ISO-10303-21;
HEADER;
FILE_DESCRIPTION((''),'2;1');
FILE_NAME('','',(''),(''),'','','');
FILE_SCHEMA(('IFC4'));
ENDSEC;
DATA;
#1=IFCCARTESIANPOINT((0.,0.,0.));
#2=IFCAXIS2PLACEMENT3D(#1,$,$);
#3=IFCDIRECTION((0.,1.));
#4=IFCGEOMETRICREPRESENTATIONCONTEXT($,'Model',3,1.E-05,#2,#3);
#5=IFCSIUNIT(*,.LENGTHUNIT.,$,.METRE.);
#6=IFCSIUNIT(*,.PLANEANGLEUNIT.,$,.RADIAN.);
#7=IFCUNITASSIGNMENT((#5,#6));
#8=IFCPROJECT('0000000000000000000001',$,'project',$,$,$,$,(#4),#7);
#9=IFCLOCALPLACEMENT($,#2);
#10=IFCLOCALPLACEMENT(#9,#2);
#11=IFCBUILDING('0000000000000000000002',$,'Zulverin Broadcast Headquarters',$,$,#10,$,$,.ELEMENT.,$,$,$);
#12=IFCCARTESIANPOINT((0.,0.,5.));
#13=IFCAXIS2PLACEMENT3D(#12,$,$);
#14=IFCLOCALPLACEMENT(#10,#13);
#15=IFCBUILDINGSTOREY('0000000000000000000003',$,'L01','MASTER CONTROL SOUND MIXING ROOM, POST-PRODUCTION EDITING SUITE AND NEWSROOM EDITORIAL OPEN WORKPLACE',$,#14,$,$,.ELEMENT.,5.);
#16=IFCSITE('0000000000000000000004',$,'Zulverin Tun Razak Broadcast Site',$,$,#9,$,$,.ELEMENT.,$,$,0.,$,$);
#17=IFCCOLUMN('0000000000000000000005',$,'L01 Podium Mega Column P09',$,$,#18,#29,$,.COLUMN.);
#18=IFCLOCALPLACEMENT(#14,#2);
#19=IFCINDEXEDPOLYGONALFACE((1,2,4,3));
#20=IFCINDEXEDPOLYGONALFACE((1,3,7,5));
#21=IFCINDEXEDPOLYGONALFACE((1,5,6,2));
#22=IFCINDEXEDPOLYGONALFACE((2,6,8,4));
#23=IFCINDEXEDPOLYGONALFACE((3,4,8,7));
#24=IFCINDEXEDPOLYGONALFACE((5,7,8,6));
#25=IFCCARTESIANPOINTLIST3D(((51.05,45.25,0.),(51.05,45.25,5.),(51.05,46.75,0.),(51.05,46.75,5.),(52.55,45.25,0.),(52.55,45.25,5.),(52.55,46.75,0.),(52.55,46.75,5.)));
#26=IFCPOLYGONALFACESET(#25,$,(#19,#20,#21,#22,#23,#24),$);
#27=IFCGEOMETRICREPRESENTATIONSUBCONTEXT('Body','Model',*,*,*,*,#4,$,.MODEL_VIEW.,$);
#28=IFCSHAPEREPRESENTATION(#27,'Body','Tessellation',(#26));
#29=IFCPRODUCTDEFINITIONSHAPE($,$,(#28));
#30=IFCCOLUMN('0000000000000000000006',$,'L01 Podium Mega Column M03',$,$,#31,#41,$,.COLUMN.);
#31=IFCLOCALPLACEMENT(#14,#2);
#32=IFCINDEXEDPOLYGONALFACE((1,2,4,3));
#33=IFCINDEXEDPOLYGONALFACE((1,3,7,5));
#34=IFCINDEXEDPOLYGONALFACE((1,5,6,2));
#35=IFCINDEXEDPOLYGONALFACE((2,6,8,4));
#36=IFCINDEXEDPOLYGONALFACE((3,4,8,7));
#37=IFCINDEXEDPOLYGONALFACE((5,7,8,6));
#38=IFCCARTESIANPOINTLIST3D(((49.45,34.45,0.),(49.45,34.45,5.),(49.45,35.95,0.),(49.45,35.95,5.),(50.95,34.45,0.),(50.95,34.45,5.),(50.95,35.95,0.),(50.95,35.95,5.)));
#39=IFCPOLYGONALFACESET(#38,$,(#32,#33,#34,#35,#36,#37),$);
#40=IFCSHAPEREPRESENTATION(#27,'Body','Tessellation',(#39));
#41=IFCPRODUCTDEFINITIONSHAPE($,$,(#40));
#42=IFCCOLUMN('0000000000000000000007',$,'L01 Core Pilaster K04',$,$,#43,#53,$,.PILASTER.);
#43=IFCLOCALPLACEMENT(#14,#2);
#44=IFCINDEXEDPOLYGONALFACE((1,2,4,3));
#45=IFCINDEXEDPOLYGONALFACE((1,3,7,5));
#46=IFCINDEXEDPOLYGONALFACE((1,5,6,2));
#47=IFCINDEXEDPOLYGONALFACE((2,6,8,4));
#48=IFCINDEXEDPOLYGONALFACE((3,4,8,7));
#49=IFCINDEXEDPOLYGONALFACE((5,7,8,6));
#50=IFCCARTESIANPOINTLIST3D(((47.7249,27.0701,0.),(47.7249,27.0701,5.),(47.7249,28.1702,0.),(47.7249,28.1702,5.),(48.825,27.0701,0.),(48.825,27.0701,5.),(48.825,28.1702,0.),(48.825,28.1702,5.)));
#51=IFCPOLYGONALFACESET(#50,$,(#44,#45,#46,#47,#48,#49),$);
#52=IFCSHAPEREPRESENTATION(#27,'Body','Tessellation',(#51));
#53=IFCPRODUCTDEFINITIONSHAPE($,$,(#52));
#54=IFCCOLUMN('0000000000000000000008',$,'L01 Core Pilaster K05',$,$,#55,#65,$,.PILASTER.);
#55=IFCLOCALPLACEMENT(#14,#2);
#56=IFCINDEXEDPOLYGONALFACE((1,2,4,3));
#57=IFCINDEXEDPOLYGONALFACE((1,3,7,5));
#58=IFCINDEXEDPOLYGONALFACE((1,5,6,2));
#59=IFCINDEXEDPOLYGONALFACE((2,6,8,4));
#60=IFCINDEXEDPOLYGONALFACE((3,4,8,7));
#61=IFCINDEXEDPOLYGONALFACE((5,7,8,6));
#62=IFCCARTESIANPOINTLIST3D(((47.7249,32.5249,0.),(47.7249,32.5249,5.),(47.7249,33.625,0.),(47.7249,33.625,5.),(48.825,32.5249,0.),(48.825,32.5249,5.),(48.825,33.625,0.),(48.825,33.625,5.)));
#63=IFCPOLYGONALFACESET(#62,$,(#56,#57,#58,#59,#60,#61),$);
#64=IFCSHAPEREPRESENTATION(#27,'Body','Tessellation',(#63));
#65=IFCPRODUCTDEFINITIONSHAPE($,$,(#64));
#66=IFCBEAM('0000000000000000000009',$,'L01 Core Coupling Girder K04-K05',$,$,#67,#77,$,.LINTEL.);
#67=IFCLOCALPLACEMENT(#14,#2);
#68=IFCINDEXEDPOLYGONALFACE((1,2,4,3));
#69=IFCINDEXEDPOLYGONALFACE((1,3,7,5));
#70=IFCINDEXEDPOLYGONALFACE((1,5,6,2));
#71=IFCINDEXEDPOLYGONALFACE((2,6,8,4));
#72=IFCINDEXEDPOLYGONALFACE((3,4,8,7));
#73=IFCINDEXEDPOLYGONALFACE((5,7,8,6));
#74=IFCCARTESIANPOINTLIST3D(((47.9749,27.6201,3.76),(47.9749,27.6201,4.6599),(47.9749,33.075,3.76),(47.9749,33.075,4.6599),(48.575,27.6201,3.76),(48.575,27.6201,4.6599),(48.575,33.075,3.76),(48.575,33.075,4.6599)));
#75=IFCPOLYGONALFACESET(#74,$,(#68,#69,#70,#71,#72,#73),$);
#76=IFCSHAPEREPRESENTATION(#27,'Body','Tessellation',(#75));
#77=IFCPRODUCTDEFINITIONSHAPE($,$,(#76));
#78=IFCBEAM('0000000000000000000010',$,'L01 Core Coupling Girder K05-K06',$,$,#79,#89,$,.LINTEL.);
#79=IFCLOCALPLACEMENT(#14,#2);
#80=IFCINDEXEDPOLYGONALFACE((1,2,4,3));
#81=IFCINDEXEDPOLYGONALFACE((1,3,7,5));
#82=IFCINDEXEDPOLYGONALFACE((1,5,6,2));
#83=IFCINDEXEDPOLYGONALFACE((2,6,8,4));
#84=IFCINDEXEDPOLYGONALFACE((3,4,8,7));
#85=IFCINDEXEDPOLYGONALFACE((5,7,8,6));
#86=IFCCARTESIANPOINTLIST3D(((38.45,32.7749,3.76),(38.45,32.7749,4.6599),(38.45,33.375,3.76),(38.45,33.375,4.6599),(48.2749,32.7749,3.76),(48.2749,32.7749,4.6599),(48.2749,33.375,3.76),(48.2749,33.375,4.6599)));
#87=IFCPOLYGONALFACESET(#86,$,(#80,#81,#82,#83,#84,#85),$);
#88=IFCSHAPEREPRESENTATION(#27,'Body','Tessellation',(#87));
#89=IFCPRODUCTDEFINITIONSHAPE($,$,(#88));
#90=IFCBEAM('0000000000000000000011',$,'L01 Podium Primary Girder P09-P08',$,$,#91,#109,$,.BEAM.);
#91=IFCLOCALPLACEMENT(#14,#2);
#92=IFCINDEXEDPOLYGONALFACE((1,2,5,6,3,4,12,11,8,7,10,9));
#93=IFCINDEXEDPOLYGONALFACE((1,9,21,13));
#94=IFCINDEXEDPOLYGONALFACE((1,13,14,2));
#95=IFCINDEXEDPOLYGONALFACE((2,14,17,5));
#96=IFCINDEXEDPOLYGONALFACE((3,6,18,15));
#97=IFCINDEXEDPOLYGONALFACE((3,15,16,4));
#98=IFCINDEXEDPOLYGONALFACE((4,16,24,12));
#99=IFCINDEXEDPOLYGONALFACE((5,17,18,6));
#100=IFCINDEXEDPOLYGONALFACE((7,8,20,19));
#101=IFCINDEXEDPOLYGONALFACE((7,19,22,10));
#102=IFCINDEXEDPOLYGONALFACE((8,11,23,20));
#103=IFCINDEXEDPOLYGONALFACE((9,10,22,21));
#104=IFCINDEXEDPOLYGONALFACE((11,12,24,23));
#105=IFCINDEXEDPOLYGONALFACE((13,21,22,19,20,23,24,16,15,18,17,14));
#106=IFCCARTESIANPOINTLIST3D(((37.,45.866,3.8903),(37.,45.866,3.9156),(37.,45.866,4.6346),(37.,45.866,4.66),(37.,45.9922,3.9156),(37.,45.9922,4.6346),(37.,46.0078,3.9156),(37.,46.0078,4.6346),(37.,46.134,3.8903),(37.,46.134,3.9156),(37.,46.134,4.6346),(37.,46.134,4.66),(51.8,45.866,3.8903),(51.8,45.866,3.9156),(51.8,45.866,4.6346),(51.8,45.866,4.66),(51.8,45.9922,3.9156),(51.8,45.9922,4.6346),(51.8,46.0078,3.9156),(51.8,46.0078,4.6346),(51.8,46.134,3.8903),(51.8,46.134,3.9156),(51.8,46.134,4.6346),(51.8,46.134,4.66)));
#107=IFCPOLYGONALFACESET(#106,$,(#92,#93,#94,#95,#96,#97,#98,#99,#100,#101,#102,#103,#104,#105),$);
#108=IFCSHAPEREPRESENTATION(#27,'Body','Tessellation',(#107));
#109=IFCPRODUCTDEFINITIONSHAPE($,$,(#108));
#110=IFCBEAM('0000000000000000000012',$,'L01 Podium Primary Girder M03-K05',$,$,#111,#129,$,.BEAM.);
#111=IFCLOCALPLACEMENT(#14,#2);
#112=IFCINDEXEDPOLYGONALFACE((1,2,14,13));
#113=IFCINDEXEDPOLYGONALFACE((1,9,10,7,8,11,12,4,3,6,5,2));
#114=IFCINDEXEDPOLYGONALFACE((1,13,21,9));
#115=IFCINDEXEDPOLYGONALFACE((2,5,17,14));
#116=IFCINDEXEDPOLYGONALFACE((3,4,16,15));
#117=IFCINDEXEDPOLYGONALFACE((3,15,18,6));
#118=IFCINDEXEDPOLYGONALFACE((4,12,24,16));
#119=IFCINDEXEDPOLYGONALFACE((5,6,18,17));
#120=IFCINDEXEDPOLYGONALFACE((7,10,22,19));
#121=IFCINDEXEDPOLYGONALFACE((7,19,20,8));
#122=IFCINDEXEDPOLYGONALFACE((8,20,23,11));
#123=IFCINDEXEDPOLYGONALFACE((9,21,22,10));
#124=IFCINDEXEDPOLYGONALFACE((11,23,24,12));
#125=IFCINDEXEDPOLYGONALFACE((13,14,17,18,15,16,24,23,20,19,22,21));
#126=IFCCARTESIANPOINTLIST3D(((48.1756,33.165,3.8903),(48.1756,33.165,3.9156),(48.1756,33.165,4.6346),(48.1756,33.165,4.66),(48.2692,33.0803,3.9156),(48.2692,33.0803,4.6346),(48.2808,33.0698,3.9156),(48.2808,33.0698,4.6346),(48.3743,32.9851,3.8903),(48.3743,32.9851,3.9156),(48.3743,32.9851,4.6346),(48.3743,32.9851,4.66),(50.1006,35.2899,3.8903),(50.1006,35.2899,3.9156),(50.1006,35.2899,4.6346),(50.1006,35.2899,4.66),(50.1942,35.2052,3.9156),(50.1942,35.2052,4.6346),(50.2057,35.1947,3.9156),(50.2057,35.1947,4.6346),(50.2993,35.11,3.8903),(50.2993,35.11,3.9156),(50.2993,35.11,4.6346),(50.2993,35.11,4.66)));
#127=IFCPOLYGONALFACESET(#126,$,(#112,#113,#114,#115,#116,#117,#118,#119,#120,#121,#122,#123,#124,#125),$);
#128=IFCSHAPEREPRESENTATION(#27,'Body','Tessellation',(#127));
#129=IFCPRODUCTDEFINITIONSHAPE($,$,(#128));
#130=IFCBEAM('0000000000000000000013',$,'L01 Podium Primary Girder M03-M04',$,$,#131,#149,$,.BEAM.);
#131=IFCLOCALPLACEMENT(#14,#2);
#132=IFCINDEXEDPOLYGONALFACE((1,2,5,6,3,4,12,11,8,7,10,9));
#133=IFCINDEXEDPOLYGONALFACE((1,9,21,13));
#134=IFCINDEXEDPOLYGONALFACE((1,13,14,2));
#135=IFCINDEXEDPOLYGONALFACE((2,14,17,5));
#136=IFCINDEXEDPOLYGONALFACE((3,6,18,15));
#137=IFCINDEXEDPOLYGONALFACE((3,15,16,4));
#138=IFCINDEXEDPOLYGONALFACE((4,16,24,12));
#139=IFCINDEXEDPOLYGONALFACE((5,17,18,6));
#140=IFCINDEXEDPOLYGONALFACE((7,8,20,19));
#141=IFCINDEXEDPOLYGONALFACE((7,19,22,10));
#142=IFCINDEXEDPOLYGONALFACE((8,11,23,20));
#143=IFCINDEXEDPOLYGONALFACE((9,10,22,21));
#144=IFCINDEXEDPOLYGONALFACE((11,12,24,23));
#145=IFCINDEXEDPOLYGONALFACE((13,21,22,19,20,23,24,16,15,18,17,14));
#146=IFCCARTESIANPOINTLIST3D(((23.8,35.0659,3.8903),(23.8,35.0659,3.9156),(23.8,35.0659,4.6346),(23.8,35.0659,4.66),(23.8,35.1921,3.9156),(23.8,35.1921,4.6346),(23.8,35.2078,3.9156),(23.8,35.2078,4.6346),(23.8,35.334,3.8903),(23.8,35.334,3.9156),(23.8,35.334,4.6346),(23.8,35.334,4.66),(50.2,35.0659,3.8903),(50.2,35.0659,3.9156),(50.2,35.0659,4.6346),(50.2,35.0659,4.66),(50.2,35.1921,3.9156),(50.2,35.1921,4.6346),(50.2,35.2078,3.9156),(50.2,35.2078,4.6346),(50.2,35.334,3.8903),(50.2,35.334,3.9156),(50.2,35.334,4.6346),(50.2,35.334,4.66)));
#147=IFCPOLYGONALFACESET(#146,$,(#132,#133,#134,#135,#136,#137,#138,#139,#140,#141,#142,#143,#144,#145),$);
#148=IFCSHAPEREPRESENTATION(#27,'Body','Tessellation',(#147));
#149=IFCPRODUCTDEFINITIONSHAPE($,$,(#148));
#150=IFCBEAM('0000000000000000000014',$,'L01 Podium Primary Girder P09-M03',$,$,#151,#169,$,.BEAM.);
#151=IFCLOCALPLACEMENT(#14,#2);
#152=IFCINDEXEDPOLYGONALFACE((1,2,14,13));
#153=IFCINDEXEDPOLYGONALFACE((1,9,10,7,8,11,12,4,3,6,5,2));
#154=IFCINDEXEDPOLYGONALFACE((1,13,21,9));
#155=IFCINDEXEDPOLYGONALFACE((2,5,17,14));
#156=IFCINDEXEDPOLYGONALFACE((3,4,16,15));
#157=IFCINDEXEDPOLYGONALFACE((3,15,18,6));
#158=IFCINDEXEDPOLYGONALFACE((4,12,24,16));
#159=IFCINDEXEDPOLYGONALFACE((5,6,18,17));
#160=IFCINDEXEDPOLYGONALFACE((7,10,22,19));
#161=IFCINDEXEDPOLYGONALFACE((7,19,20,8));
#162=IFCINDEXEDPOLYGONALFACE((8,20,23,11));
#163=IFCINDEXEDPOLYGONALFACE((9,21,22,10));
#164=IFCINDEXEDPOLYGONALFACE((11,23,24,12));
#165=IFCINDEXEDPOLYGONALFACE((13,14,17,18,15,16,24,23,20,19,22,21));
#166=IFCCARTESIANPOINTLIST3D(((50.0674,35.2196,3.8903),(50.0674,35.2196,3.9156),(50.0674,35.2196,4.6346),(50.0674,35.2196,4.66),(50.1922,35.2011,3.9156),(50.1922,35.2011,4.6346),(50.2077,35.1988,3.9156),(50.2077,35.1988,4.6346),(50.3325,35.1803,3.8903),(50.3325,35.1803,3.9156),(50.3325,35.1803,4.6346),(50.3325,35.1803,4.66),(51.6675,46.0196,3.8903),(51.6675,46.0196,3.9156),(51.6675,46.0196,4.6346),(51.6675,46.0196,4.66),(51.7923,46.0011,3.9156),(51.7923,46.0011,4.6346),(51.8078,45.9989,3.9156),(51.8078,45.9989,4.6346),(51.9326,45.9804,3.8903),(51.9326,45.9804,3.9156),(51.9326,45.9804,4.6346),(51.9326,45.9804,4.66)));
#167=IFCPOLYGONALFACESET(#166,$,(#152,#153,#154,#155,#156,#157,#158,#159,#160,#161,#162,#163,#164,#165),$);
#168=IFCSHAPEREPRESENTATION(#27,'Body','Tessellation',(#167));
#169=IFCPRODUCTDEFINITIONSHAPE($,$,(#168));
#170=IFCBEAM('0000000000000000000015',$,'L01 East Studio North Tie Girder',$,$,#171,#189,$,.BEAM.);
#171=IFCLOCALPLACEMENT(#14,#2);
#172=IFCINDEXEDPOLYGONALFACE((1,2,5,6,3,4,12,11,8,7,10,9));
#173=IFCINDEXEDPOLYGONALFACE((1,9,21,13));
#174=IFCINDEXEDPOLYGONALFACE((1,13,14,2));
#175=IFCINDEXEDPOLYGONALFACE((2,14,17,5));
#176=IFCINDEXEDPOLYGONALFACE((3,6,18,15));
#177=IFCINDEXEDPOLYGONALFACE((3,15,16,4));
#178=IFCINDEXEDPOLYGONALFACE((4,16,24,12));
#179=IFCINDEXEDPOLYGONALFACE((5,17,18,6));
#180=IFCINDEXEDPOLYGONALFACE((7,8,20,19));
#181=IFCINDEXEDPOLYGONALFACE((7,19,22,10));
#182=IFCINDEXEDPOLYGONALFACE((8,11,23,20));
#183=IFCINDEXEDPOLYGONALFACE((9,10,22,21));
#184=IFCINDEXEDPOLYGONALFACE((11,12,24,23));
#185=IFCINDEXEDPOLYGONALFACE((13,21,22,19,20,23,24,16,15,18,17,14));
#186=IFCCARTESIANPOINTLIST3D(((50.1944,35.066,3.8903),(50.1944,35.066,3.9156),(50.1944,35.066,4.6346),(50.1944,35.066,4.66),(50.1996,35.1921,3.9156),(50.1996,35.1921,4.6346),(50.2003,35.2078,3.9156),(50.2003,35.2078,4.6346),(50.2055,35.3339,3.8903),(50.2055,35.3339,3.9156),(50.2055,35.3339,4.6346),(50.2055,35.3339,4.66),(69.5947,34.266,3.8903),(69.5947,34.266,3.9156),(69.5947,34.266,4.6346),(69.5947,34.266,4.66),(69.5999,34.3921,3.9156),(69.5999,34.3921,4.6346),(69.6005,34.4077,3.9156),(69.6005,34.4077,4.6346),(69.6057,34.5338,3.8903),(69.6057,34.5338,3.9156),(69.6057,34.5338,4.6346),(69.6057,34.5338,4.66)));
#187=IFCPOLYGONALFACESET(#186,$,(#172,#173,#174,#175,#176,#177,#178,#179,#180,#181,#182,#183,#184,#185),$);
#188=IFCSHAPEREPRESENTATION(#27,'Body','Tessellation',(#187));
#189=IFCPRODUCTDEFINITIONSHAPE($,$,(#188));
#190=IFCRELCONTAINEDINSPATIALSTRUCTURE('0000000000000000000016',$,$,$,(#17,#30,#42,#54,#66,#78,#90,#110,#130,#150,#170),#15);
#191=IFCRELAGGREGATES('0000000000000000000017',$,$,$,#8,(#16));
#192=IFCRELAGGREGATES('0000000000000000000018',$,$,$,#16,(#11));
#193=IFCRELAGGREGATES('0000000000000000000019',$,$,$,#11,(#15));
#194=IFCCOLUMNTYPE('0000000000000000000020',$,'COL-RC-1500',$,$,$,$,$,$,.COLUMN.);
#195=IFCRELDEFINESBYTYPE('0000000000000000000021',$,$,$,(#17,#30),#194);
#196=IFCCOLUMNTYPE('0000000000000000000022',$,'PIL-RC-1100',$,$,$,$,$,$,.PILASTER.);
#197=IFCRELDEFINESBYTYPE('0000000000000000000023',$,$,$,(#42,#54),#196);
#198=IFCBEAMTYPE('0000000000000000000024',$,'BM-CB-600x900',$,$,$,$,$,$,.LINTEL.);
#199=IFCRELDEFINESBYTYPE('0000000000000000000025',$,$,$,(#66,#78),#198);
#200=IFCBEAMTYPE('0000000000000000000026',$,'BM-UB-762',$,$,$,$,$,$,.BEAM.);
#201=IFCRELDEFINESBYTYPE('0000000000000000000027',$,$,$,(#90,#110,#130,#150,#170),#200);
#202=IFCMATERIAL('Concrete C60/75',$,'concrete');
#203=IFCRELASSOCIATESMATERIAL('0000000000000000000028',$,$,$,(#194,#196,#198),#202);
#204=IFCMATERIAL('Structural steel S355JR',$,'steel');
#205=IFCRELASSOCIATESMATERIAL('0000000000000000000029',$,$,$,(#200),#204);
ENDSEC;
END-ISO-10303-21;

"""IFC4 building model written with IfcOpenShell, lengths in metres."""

from ifc_helpers import new_model, si_unit, direction, frame, origin, origin_2d, place, context, subcontext, project, spatial, rectangle, i_section, extrude, material, material_profile, profile_set, type_object, element, save


model = new_model("IFC4")

# Units and contexts
model_context = context("Model", 3, precision=1e-05, world=origin(), true_north=direction((0.0, 1.0)))
body_context = subcontext(model_context, "Body", "Model", "MODEL_VIEW")
ifc_project = project(units=[si_unit("LENGTHUNIT", "METRE"), si_unit("PLANEANGLEUNIT", "RADIAN")], contexts=[model_context])

# Site, building, storey
site_placement = place(None, origin())
site = spatial("IfcSite", under=ifc_project, at=site_placement, Name="Zulverin Tun Razak Broadcast Site", CompositionType="ELEMENT", RefElevation=0.0)
building_placement = place(site_placement, origin())
building = spatial("IfcBuilding", under=site, at=building_placement, Name="Zulverin Broadcast Headquarters", CompositionType="ELEMENT")
storey_placement = place(building_placement, frame((0.0, 0.0, 5.0)))
storey = spatial("IfcBuildingStorey", under=building, at=storey_placement, Name="L01", Description="MASTER CONTROL SOUND MIXING ROOM, POST-PRODUCTION EDITING SUITE AND NEWSROOM EDITORIAL OPEN WORKPLACE", CompositionType="ELEMENT", Elevation=5.0)

# Columns
ifc_material_1 = material(Name="Concrete C60/75", Category="concrete")
ifc_material_profile_1 = material_profile(ifc_material_1, rectangle(XDim=1.5, YDim=1.5, at=origin_2d()), Name="Concrete C60/75", Category="concrete")
ifc_profile_set_1 = profile_set([ifc_material_profile_1], Name="Concrete C60/75")
column_type_1 = type_object("IfcColumnType", Name="COL-RC-1500", PredefinedType="COLUMN", material=ifc_profile_set_1)
for number, where, z_axis, x_axis, name in (
    (1, (51.8, 46.0, 0.0), (0.0, 0.0, 1.0), (1.0, 0.0, 0.0), "L01 Podium Mega Column P09"),
    (2, (50.2, 35.2, 0.0), (0.0, 0.0, 1.0), (1.0, 0.0, 0.0), "L01 Podium Mega Column M03"),
):
    element("IfcColumn", number, at=place(storey_placement, frame(where, z_axis=z_axis, x_axis=x_axis)), inside=storey, type_object=column_type_1, Name=name, PredefinedType="COLUMN", context=body_context, shape_type="SweptSolid", body=[
        extrude(rectangle(XDim=1.5, YDim=1.5, at=origin_2d()), origin(), (0.0, 0.0, 1.0), 5.0),
    ])
ifc_material_profile_2 = material_profile(ifc_material_1, rectangle(XDim=1.1001, YDim=1.1001, at=origin_2d()), Name="Concrete C60/75", Category="concrete")
ifc_profile_set_2 = profile_set([ifc_material_profile_2], Name="Concrete C60/75")
column_type_2 = type_object("IfcColumnType", Name="PIL-RC-1100", PredefinedType="PILASTER", material=ifc_profile_set_2)
for number, where, z_axis, x_axis, name in (
    (3, (48.2749, 27.6201, 0.0), (0.0, 0.0, 1.0), (1.0, 0.0, 0.0), "L01 Core Pilaster K04"),
    (4, (48.2749, 33.075, 0.0), (0.0, 0.0, 1.0), (1.0, 0.0, 0.0), "L01 Core Pilaster K05"),
):
    element("IfcColumn", number, at=place(storey_placement, frame(where, z_axis=z_axis, x_axis=x_axis)), inside=storey, type_object=column_type_2, Name=name, PredefinedType="PILASTER", context=body_context, shape_type="SweptSolid", body=[
        extrude(rectangle(XDim=1.1001, YDim=1.1001, at=origin_2d()), origin(), (0.0, 0.0, 1.0), 5.0),
    ])

# Beams
ifc_material_profile_3 = material_profile(ifc_material_1, rectangle(XDim=0.6001, YDim=0.8999, at=origin_2d()), Name="Concrete C60/75", Category="concrete")
ifc_profile_set_3 = profile_set([ifc_material_profile_3], Name="Concrete C60/75")
beam_type_1 = type_object("IfcBeamType", Name="BM-CB-600x900", PredefinedType="LINTEL", material=ifc_profile_set_3)
beam_1_placement = place(storey_placement, frame((48.2749, 27.6201, 4.21), z_axis=(0.0, 1.0, 0.0), x_axis=(-1.0, 0.0, 0.0)))
element("IfcBeam", 5, at=beam_1_placement, inside=storey, type_object=beam_type_1, Name="L01 Core Coupling Girder K04-K05", PredefinedType="LINTEL", context=body_context, shape_type="SweptSolid", body=[
    extrude(rectangle(XDim=0.6001, YDim=0.8999, at=origin_2d()), origin(), (0.0, 0.0, 1.0), 5.4548),
])
beam_2_placement = place(storey_placement, frame((48.2749, 33.075, 4.21), z_axis=(-1.0, 0.0, 0.0), x_axis=(0.0, -1.0, 0.0)))
element("IfcBeam", 6, at=beam_2_placement, inside=storey, type_object=beam_type_1, Name="L01 Core Coupling Girder K05-K06", PredefinedType="LINTEL", context=body_context, shape_type="SweptSolid", body=[
    extrude(rectangle(XDim=0.6001, YDim=0.8999, at=origin_2d()), origin(), (0.0, 0.0, 1.0), 9.825),
])
ifc_material_2 = material(Name="Structural steel S355JR", Category="steel")
ifc_material_profile_4 = material_profile(ifc_material_2, i_section(OverallWidth=0.2681, OverallDepth=0.7698, WebThickness=0.0156, FlangeThickness=0.0254, at=origin_2d()), Name="Structural steel S355JR", Category="steel")
ifc_profile_set_4 = profile_set([ifc_material_profile_4], Name="Structural steel S355JR")
beam_type_2 = type_object("IfcBeamType", Name="BM-UB-762", PredefinedType="BEAM", material=ifc_profile_set_4)
beam_3_placement = place(storey_placement, frame((51.8, 46.0, 4.2751), z_axis=(-1.0, 0.0, 0.0), x_axis=(0.0, -1.0, 0.0)))
element("IfcBeam", 7, at=beam_3_placement, inside=storey, type_object=beam_type_2, Name="L01 Podium Primary Girder P09-P08", PredefinedType="BEAM", context=body_context, shape_type="SweptSolid", body=[
    extrude(i_section(OverallWidth=0.2681, OverallDepth=0.7698, WebThickness=0.0156, FlangeThickness=0.0254, at=origin_2d()), origin(), (0.0, 0.0, 1.0), 14.8),
])
beam_4_placement = place(storey_placement, frame((50.2, 35.2, 4.2751), z_axis=(-0.671379, -0.741114, 0.0), x_axis=(0.741114, -0.671379, 0.0)))
element("IfcBeam", 8, at=beam_4_placement, inside=storey, type_object=beam_type_2, Name="L01 Podium Primary Girder M03-K05", PredefinedType="BEAM", context=body_context, shape_type="SweptSolid", body=[
    extrude(i_section(OverallWidth=0.2681, OverallDepth=0.7698, WebThickness=0.0156, FlangeThickness=0.0254, at=origin_2d()), origin(), (0.0, 0.0, 1.0), 2.8672),
])
beam_5_placement = place(storey_placement, frame((50.2, 35.2, 4.2751), z_axis=(-1.0, 0.0, 0.0), x_axis=(0.0, -1.0, 0.0)))
element("IfcBeam", 9, at=beam_5_placement, inside=storey, type_object=beam_type_2, Name="L01 Podium Primary Girder M03-M04", PredefinedType="BEAM", context=body_context, shape_type="SweptSolid", body=[
    extrude(i_section(OverallWidth=0.2681, OverallDepth=0.7698, WebThickness=0.0156, FlangeThickness=0.0254, at=origin_2d()), origin(), (0.0, 0.0, 1.0), 26.3999),
])
beam_6_placement = place(storey_placement, frame((51.8, 46.0, 4.2751), z_axis=(-0.146557, -0.989202, 0.0), x_axis=(0.989202, -0.146557, 0.0)))
element("IfcBeam", 10, at=beam_6_placement, inside=storey, type_object=beam_type_2, Name="L01 Podium Primary Girder P09-M03", PredefinedType="BEAM", context=body_context, shape_type="SweptSolid", body=[
    extrude(i_section(OverallWidth=0.2681, OverallDepth=0.7698, WebThickness=0.0156, FlangeThickness=0.0254, at=origin_2d()), origin(), (0.0, 0.0, 1.0), 10.918),
])
beam_7_placement = place(storey_placement, frame((50.2, 35.2, 4.2751), z_axis=(0.999151, -0.041204, 0.0), x_axis=(0.041204, 0.999151, 0.0)))
element("IfcBeam", 11, at=beam_7_placement, inside=storey, type_object=beam_type_2, Name="L01 East Studio North Tie Girder", PredefinedType="BEAM", context=body_context, shape_type="SweptSolid", body=[
    extrude(i_section(OverallWidth=0.2681, OverallDepth=0.7698, WebThickness=0.0156, FlangeThickness=0.0254, at=origin_2d()), origin(), (0.0, 0.0, 1.0), 19.4167),
])

save(model, "model.ifc")
